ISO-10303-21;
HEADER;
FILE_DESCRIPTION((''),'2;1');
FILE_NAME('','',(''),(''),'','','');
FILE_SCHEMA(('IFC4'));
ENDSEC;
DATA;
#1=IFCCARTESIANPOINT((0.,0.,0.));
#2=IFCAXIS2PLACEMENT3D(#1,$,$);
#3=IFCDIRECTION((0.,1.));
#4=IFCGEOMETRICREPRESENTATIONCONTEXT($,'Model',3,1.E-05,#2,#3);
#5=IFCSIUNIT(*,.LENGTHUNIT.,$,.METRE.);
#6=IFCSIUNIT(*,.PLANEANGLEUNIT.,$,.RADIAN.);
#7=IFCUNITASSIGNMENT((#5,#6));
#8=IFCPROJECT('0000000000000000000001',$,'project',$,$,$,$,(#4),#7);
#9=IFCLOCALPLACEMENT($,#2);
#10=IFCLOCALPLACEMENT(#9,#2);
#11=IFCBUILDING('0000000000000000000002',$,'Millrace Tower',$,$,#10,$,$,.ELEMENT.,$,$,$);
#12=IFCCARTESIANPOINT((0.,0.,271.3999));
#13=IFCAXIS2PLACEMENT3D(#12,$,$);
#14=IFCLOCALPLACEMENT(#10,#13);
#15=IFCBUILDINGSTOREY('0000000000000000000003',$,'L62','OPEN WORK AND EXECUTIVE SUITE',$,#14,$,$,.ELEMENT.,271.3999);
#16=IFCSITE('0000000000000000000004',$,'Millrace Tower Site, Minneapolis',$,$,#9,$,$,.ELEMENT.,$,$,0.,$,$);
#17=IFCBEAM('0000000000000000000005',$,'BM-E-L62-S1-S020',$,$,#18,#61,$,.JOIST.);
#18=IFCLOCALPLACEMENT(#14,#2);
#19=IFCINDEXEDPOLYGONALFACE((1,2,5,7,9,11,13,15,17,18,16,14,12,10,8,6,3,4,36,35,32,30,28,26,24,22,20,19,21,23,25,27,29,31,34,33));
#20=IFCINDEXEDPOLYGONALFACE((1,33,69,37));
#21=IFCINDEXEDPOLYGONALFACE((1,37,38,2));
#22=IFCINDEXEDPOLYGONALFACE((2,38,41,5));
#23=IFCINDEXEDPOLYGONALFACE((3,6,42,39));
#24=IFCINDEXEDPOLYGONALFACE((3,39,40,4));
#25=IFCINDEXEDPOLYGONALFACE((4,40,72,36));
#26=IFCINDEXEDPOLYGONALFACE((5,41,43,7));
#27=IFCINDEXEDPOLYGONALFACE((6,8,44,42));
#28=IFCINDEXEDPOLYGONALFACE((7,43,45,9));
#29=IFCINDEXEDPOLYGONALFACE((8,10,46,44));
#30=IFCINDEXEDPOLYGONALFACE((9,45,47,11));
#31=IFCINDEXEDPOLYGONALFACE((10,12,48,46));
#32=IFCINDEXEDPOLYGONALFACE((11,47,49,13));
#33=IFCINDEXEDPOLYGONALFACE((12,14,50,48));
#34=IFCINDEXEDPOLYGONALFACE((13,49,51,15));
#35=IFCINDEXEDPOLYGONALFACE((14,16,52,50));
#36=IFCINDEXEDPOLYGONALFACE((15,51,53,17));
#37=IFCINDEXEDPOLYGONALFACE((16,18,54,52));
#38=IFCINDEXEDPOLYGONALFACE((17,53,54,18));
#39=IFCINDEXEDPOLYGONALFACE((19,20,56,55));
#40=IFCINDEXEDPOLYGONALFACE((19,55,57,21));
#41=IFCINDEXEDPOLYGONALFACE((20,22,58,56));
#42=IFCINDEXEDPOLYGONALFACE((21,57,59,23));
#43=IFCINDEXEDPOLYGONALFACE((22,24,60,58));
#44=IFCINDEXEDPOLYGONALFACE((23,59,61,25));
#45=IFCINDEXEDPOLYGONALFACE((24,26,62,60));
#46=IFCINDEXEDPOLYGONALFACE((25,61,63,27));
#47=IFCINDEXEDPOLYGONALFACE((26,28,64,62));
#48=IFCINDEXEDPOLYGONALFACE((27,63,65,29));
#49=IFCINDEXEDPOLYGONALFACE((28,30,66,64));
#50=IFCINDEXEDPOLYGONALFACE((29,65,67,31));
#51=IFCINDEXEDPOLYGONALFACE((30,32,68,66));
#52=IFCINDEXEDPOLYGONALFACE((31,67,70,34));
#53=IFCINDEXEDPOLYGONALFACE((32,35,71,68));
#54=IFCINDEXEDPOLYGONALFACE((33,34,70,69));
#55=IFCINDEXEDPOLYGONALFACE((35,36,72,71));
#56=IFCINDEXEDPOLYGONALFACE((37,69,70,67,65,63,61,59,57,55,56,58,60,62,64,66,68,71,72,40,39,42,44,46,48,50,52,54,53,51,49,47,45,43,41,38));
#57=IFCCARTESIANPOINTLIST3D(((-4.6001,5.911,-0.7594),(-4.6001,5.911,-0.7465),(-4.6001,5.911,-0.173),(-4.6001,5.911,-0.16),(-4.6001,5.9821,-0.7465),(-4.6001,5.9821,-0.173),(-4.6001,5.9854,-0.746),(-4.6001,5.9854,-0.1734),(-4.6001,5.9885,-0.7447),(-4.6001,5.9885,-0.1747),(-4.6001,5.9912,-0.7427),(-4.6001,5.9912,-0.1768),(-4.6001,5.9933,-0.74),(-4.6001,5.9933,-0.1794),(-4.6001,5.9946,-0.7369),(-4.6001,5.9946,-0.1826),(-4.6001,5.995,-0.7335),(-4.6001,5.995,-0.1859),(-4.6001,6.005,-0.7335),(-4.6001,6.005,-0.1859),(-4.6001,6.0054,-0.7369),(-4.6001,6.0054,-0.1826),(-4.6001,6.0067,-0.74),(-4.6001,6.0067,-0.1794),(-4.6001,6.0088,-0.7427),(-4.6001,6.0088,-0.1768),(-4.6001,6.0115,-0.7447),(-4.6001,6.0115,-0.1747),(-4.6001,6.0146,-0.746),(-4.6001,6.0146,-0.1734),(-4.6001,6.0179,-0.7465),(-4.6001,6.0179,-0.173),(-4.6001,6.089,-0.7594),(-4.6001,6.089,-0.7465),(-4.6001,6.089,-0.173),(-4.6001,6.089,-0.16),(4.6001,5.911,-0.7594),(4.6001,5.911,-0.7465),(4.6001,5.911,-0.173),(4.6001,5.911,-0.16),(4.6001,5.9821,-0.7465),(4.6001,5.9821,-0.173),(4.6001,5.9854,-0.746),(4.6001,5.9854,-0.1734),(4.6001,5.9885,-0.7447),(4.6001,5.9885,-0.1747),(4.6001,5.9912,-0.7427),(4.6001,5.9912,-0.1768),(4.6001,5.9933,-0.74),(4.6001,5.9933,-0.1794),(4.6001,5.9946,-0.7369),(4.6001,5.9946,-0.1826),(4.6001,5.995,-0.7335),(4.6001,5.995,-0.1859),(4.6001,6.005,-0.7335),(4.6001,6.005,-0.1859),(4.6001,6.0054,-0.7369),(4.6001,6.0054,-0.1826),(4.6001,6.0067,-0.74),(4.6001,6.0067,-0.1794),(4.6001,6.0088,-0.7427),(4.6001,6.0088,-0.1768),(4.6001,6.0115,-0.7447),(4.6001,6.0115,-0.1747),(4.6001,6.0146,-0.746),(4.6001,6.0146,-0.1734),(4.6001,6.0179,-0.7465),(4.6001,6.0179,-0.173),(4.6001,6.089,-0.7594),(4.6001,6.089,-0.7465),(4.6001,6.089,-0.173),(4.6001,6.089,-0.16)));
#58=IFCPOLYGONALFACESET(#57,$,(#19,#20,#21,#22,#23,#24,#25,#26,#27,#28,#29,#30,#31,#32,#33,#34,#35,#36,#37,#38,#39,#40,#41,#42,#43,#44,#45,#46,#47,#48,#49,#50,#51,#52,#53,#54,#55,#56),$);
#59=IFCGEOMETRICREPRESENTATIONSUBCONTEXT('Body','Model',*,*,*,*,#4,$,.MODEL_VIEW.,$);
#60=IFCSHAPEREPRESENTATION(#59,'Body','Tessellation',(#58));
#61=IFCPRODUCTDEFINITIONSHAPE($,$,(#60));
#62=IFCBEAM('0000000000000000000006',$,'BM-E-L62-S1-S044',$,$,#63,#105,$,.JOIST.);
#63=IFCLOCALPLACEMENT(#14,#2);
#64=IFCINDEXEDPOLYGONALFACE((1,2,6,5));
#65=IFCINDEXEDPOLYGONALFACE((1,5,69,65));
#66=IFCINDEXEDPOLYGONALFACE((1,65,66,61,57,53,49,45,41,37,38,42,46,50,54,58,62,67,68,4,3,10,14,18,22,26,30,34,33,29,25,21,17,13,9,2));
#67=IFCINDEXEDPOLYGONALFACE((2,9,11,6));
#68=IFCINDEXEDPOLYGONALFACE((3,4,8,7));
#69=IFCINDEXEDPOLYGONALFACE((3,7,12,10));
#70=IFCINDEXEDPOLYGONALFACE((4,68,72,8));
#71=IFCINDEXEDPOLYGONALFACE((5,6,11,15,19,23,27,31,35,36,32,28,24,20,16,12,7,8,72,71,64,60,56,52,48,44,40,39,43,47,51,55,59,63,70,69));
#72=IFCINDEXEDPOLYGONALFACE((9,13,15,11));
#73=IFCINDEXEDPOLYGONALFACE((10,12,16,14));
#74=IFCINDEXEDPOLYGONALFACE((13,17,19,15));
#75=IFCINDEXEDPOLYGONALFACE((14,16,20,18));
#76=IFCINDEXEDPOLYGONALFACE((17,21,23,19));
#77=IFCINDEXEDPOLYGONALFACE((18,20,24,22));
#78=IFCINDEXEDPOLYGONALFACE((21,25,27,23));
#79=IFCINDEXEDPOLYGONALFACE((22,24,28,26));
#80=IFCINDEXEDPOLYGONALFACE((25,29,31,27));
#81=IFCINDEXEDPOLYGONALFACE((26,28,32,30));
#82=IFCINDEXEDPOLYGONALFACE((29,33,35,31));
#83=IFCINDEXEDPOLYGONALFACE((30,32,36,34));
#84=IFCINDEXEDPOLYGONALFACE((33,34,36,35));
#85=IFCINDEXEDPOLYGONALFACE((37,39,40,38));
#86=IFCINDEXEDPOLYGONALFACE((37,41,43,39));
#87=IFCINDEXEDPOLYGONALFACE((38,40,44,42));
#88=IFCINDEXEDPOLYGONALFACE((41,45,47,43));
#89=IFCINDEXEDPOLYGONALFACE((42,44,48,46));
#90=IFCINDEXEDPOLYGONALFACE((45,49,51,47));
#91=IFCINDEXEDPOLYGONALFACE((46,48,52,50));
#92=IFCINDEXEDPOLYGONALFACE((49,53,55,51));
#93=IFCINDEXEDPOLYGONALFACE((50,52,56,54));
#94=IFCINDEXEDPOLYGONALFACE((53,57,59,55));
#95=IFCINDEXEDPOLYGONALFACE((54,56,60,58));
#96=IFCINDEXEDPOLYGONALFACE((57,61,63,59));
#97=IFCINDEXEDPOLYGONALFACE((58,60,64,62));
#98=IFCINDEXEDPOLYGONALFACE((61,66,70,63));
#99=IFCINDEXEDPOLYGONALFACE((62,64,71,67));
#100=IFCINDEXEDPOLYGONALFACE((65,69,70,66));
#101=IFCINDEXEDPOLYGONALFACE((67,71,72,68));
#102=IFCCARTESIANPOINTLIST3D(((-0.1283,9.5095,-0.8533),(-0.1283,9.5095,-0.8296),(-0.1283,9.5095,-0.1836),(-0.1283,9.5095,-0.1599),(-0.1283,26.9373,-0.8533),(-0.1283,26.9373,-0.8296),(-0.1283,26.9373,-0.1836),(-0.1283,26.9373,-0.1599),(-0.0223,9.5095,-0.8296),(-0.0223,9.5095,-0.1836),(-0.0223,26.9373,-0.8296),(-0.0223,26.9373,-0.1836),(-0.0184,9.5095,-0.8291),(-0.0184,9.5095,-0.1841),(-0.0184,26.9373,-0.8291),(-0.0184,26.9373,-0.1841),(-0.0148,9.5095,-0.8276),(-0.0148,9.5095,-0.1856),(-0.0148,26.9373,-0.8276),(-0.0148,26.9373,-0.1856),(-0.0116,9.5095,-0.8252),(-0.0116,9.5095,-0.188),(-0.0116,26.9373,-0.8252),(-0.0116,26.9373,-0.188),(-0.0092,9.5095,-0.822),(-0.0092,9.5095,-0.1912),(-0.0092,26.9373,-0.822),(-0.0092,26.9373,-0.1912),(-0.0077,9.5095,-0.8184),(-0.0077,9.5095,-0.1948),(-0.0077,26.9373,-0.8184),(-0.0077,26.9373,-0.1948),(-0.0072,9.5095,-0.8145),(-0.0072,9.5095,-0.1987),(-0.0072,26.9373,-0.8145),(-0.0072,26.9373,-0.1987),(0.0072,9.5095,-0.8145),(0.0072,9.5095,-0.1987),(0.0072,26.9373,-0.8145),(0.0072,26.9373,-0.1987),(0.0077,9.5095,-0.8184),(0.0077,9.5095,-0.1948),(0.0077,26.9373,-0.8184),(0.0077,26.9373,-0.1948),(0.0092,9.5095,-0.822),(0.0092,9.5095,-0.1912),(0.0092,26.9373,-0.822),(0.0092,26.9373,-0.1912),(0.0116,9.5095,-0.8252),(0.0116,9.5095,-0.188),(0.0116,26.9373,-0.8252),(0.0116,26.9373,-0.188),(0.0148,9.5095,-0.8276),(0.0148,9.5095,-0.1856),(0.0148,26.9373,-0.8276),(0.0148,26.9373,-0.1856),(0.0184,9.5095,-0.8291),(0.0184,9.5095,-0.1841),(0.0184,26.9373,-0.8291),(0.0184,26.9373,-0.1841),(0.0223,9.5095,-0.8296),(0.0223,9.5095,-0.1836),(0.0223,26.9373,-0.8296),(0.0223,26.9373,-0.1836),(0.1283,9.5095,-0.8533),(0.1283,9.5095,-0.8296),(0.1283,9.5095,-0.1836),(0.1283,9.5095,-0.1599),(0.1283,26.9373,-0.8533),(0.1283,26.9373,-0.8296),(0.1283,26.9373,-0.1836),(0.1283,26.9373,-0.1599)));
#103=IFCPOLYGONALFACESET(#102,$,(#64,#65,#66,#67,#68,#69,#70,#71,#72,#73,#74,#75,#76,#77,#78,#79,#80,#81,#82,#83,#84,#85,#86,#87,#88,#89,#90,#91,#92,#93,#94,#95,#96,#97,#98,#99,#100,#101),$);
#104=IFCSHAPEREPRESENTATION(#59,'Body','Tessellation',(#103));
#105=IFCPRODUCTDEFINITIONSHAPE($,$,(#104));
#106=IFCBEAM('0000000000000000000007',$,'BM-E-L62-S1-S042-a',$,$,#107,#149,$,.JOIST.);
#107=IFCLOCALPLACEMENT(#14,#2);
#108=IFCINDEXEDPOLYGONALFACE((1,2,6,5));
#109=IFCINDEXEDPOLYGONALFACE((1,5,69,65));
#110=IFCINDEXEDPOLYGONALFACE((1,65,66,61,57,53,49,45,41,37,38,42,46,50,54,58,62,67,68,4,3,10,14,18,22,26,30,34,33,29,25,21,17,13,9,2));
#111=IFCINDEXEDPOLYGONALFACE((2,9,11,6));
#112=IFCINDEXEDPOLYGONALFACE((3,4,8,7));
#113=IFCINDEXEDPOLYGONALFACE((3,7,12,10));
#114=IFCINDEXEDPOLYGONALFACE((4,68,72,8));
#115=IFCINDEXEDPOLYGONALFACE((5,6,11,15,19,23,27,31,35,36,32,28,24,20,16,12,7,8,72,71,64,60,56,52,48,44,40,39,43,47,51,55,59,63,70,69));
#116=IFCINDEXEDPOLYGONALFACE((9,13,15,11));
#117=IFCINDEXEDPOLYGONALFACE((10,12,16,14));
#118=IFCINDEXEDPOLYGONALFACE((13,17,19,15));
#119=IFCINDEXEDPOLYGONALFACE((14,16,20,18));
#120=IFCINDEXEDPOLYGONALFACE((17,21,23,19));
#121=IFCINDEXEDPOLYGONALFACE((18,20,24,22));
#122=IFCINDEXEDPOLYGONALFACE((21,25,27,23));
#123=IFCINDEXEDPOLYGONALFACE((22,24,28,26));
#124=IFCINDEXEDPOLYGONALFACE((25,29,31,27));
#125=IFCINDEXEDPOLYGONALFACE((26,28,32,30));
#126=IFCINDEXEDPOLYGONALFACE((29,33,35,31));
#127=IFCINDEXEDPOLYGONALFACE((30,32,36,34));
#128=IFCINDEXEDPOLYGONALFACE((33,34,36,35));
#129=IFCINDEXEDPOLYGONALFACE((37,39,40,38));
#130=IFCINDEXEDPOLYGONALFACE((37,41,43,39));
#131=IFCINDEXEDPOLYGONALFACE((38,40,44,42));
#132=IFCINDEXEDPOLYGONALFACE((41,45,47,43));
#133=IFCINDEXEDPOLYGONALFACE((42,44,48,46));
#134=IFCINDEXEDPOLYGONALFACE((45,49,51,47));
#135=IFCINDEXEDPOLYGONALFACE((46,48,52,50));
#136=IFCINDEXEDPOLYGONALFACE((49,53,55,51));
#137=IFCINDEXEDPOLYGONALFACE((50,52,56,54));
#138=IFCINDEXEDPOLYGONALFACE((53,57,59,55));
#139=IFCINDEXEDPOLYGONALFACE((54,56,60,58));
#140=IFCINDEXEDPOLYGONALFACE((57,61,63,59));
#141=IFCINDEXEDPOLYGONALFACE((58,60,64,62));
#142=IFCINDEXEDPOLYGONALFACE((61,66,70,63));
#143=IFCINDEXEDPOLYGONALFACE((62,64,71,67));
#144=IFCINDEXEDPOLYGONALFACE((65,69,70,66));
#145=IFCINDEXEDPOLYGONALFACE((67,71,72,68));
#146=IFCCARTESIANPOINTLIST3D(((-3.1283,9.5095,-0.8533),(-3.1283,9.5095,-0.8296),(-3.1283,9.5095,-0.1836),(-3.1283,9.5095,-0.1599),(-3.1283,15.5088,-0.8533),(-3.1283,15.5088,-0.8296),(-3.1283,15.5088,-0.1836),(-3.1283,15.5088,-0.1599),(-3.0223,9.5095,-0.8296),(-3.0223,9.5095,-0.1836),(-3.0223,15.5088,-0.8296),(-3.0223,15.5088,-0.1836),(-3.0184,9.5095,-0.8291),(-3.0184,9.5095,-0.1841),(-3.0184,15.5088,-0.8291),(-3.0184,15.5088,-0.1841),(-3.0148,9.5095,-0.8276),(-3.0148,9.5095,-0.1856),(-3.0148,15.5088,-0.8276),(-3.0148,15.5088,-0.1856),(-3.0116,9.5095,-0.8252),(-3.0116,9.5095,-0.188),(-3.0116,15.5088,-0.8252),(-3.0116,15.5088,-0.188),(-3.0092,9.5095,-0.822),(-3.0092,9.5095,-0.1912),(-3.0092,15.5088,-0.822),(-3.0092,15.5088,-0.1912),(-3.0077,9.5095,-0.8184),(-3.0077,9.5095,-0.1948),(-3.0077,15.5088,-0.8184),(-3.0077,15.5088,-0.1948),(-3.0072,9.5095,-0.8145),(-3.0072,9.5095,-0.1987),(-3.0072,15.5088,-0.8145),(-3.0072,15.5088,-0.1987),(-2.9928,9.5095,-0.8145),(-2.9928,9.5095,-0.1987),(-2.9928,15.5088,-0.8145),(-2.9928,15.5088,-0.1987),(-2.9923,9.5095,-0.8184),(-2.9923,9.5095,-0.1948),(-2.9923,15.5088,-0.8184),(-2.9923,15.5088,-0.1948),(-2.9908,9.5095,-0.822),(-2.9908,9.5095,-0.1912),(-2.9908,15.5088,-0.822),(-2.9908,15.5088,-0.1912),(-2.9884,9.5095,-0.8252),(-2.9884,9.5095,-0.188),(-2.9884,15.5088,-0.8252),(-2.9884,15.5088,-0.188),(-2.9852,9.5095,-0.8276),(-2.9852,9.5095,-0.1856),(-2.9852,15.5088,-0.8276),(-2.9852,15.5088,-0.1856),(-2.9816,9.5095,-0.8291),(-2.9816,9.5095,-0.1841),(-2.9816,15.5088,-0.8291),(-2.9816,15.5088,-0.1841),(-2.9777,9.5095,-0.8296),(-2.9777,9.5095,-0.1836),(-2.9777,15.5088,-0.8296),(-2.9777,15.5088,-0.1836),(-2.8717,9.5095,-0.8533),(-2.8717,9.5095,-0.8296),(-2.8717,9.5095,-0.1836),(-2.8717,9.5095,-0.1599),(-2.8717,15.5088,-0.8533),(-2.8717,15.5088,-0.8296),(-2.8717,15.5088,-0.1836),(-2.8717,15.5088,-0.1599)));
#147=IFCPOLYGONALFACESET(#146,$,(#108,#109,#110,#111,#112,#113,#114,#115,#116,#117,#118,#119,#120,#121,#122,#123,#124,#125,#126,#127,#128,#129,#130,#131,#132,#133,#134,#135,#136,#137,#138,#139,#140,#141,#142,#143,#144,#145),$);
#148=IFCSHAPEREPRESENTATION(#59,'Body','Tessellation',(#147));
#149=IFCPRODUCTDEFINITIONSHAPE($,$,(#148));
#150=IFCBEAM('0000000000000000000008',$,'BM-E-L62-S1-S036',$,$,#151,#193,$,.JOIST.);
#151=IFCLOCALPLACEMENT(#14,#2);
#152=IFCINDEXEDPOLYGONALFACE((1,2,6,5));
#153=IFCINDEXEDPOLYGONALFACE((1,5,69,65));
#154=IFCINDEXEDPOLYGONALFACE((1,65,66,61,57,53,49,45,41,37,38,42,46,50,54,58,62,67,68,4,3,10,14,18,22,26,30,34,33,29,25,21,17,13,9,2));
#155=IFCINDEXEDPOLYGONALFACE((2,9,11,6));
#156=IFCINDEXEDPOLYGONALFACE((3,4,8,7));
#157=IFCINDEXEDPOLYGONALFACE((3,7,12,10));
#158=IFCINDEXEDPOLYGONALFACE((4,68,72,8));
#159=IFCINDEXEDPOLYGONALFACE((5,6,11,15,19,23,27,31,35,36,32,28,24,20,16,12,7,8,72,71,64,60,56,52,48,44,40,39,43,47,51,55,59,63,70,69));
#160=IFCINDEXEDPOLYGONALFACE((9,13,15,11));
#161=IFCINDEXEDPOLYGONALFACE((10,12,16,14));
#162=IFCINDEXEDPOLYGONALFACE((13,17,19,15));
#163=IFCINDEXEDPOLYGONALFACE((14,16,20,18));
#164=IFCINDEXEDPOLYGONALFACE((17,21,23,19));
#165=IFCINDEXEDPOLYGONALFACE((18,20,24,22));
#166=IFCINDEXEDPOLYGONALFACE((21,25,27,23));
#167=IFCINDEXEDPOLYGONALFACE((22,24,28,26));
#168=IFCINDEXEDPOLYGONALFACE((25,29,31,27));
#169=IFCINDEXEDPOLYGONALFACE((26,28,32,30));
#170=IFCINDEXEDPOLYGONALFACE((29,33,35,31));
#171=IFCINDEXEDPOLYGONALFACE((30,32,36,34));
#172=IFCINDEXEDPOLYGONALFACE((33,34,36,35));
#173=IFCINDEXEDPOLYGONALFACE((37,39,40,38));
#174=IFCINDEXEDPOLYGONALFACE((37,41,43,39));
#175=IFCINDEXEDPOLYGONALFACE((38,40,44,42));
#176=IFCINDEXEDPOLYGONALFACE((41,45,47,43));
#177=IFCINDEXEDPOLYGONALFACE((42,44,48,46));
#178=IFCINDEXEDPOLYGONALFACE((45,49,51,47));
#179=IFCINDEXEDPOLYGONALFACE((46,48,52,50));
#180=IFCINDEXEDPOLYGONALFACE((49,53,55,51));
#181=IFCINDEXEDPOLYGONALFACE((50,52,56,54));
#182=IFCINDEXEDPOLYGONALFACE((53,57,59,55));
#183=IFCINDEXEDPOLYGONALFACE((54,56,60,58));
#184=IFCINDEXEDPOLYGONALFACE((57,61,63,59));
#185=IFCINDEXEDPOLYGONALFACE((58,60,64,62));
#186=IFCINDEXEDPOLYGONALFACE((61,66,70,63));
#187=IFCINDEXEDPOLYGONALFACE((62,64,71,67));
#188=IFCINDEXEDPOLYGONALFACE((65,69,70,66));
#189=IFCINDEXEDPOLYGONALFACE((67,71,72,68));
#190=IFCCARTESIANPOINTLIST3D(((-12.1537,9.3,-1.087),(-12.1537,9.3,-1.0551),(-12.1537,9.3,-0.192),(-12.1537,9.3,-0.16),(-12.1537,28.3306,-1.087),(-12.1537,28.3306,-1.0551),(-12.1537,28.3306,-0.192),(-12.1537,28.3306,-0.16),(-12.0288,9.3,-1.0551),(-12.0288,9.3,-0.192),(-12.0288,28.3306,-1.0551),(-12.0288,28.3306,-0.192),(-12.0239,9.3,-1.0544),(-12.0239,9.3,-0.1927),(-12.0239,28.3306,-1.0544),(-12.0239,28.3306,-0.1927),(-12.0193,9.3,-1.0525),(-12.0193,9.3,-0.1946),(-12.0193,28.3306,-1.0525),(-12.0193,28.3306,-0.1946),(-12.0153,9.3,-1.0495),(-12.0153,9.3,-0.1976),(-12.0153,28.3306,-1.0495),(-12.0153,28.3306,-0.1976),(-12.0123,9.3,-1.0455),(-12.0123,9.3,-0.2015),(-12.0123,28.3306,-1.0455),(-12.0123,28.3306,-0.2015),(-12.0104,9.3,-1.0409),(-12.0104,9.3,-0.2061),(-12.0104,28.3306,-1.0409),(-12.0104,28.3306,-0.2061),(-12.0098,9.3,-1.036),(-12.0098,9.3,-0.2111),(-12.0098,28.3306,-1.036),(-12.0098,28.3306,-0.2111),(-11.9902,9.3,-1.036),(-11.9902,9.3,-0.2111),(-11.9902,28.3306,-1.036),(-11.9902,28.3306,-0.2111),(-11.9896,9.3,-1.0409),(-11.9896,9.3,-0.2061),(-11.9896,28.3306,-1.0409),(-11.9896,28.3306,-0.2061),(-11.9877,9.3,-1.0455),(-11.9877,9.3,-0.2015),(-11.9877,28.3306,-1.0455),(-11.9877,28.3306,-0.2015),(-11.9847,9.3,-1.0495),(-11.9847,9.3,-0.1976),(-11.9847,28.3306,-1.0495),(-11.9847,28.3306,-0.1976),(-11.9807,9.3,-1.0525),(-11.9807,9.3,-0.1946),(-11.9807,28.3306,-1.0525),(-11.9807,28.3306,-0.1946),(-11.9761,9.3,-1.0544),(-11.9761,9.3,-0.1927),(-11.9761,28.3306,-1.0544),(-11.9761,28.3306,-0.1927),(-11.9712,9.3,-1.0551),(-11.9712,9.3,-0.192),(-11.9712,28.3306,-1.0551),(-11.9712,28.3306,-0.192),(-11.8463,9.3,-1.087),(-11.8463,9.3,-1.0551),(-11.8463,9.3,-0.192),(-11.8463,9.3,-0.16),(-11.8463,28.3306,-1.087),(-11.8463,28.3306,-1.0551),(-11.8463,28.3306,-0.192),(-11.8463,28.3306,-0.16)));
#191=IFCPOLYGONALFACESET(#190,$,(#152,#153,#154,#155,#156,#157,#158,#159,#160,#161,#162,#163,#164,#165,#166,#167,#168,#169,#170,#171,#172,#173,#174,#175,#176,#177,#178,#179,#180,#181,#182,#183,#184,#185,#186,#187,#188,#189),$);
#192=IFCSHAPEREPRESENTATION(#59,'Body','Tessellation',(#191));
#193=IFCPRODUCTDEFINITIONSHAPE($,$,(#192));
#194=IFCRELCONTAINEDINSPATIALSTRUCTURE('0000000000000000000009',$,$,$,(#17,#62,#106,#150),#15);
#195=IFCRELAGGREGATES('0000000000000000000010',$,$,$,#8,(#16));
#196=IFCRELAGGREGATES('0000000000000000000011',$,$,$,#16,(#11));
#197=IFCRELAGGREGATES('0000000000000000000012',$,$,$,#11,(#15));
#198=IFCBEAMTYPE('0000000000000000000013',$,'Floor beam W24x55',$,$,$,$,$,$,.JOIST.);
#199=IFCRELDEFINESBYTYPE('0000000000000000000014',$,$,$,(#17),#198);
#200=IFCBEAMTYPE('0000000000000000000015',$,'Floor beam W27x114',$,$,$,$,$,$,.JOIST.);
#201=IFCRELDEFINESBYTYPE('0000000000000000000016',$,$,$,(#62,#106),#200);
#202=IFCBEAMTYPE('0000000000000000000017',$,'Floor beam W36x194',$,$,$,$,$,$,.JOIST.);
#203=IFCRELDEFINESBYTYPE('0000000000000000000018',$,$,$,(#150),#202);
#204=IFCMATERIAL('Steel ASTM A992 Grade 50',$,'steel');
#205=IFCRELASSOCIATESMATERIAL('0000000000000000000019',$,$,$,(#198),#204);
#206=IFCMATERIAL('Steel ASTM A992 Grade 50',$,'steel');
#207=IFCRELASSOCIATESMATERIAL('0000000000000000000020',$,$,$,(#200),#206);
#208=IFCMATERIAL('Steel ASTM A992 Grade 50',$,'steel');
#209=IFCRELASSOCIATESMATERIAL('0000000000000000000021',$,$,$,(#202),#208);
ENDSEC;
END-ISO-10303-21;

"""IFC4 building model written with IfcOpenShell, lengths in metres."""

from ifc_helpers import new_model, si_unit, direction, frame, origin, origin_2d, place, context, subcontext, project, spatial, i_section, extrude, material, material_profile, profile_set, type_object, element, save


model = new_model("IFC4")

# Units and contexts
model_context = context("Model", 3, precision=1e-05, world=origin(), true_north=direction((0.0, 1.0)))
body_context = subcontext(model_context, "Body", "Model", "MODEL_VIEW")
ifc_project = project(units=[si_unit("LENGTHUNIT", "METRE"), si_unit("PLANEANGLEUNIT", "RADIAN")], contexts=[model_context])

# Site, building, storey
site_placement = place(None, origin())
site = spatial("IfcSite", under=ifc_project, at=site_placement, Name="Millrace Tower Site, Minneapolis", CompositionType="ELEMENT", RefElevation=0.0)
building_placement = place(site_placement, origin())
building = spatial("IfcBuilding", under=site, at=building_placement, Name="Millrace Tower", CompositionType="ELEMENT")
storey_placement = place(building_placement, frame((0.0, 0.0, 271.3999)))
storey = spatial("IfcBuildingStorey", under=building, at=storey_placement, Name="L62", Description="OPEN WORK AND EXECUTIVE SUITE", CompositionType="ELEMENT", Elevation=271.3999)

# Beams
ifc_material_1 = material(Name="Steel ASTM A992 Grade 50", Category="steel")
ifc_material_profile_1 = material_profile(ifc_material_1, i_section(OverallWidth=0.178, OverallDepth=0.5994, WebThickness=0.01, FlangeThickness=0.0129, FilletRadius=0.0129, at=origin_2d()))
ifc_profile_set_1 = profile_set([ifc_material_profile_1], Name="Steel ASTM A992 Grade 50")
beam_type_1 = type_object("IfcBeamType", Name="Floor beam W24x55", PredefinedType="JOIST", material=ifc_profile_set_1)
beam_1_placement = place(storey_placement, frame((-4.6001, 6.0, -0.4597), z_axis=(1.0, 0.0, 0.0), x_axis=(0.0, 1.0, 0.0)))
element("IfcBeam", 1, at=beam_1_placement, inside=storey, type_object=beam_type_1, Name="BM-E-L62-S1-S020", PredefinedType="JOIST", context=body_context, shape_type="SweptSolid", body=[
    extrude(i_section(OverallWidth=0.178, OverallDepth=0.5994, WebThickness=0.01, FlangeThickness=0.0129, FilletRadius=0.0129, at=origin_2d()), origin(), (0.0, 0.0, 1.0), 9.2002),
])
ifc_material_2 = material(Name="Steel ASTM A992 Grade 50", Category="steel")
ifc_material_profile_2 = material_profile(ifc_material_2, i_section(OverallWidth=0.2566, OverallDepth=0.6934, WebThickness=0.0144, FlangeThickness=0.0237, FilletRadius=0.0151, at=origin_2d()))
ifc_profile_set_2 = profile_set([ifc_material_profile_2], Name="Steel ASTM A992 Grade 50")
beam_type_2 = type_object("IfcBeamType", Name="Floor beam W27x114", PredefinedType="JOIST", material=ifc_profile_set_2)
beam_2_placement = place(storey_placement, frame((0.0, 9.5095, -0.5066), z_axis=(0.0, 1.0, 0.0), x_axis=(-1.0, 0.0, 0.0)))
element("IfcBeam", 2, at=beam_2_placement, inside=storey, type_object=beam_type_2, Name="BM-E-L62-S1-S044", PredefinedType="JOIST", context=body_context, shape_type="SweptSolid", body=[
    extrude(i_section(OverallWidth=0.2566, OverallDepth=0.6934, WebThickness=0.0144, FlangeThickness=0.0237, FilletRadius=0.0151, at=origin_2d()), origin(), (0.0, 0.0, 1.0), 17.4277),
])
beam_3_placement = place(storey_placement, frame((-3.0, 9.5095, -0.5066), z_axis=(0.0, 1.0, 0.0), x_axis=(-1.0, 0.0, 0.0)))
element("IfcBeam", 3, at=beam_3_placement, inside=storey, type_object=beam_type_2, Name="BM-E-L62-S1-S042-a", PredefinedType="JOIST", context=body_context, shape_type="SweptSolid", body=[
    extrude(i_section(OverallWidth=0.2566, OverallDepth=0.6934, WebThickness=0.0144, FlangeThickness=0.0237, FilletRadius=0.0151, at=origin_2d()), origin(), (0.0, 0.0, 1.0), 5.9993),
])
ifc_material_3 = material(Name="Steel ASTM A992 Grade 50", Category="steel")
ifc_material_profile_3 = material_profile(ifc_material_3, i_section(OverallWidth=0.3074, OverallDepth=0.927, WebThickness=0.0195, FlangeThickness=0.032, FilletRadius=0.019, at=origin_2d()))
ifc_profile_set_3 = profile_set([ifc_material_profile_3], Name="Steel ASTM A992 Grade 50")
beam_type_3 = type_object("IfcBeamType", Name="Floor beam W36x194", PredefinedType="JOIST", material=ifc_profile_set_3)
beam_4_placement = place(storey_placement, frame((-12.0, 9.3, -0.6235), z_axis=(0.0, 1.0, 0.0), x_axis=(-1.0, 0.0, 0.0)))
element("IfcBeam", 4, at=beam_4_placement, inside=storey, type_object=beam_type_3, Name="BM-E-L62-S1-S036", PredefinedType="JOIST", context=body_context, shape_type="SweptSolid", body=[
    extrude(i_section(OverallWidth=0.3074, OverallDepth=0.927, WebThickness=0.0195, FlangeThickness=0.032, FilletRadius=0.019, at=origin_2d()), origin(), (0.0, 0.0, 1.0), 19.0305),
])

save(model, "model.ifc")
